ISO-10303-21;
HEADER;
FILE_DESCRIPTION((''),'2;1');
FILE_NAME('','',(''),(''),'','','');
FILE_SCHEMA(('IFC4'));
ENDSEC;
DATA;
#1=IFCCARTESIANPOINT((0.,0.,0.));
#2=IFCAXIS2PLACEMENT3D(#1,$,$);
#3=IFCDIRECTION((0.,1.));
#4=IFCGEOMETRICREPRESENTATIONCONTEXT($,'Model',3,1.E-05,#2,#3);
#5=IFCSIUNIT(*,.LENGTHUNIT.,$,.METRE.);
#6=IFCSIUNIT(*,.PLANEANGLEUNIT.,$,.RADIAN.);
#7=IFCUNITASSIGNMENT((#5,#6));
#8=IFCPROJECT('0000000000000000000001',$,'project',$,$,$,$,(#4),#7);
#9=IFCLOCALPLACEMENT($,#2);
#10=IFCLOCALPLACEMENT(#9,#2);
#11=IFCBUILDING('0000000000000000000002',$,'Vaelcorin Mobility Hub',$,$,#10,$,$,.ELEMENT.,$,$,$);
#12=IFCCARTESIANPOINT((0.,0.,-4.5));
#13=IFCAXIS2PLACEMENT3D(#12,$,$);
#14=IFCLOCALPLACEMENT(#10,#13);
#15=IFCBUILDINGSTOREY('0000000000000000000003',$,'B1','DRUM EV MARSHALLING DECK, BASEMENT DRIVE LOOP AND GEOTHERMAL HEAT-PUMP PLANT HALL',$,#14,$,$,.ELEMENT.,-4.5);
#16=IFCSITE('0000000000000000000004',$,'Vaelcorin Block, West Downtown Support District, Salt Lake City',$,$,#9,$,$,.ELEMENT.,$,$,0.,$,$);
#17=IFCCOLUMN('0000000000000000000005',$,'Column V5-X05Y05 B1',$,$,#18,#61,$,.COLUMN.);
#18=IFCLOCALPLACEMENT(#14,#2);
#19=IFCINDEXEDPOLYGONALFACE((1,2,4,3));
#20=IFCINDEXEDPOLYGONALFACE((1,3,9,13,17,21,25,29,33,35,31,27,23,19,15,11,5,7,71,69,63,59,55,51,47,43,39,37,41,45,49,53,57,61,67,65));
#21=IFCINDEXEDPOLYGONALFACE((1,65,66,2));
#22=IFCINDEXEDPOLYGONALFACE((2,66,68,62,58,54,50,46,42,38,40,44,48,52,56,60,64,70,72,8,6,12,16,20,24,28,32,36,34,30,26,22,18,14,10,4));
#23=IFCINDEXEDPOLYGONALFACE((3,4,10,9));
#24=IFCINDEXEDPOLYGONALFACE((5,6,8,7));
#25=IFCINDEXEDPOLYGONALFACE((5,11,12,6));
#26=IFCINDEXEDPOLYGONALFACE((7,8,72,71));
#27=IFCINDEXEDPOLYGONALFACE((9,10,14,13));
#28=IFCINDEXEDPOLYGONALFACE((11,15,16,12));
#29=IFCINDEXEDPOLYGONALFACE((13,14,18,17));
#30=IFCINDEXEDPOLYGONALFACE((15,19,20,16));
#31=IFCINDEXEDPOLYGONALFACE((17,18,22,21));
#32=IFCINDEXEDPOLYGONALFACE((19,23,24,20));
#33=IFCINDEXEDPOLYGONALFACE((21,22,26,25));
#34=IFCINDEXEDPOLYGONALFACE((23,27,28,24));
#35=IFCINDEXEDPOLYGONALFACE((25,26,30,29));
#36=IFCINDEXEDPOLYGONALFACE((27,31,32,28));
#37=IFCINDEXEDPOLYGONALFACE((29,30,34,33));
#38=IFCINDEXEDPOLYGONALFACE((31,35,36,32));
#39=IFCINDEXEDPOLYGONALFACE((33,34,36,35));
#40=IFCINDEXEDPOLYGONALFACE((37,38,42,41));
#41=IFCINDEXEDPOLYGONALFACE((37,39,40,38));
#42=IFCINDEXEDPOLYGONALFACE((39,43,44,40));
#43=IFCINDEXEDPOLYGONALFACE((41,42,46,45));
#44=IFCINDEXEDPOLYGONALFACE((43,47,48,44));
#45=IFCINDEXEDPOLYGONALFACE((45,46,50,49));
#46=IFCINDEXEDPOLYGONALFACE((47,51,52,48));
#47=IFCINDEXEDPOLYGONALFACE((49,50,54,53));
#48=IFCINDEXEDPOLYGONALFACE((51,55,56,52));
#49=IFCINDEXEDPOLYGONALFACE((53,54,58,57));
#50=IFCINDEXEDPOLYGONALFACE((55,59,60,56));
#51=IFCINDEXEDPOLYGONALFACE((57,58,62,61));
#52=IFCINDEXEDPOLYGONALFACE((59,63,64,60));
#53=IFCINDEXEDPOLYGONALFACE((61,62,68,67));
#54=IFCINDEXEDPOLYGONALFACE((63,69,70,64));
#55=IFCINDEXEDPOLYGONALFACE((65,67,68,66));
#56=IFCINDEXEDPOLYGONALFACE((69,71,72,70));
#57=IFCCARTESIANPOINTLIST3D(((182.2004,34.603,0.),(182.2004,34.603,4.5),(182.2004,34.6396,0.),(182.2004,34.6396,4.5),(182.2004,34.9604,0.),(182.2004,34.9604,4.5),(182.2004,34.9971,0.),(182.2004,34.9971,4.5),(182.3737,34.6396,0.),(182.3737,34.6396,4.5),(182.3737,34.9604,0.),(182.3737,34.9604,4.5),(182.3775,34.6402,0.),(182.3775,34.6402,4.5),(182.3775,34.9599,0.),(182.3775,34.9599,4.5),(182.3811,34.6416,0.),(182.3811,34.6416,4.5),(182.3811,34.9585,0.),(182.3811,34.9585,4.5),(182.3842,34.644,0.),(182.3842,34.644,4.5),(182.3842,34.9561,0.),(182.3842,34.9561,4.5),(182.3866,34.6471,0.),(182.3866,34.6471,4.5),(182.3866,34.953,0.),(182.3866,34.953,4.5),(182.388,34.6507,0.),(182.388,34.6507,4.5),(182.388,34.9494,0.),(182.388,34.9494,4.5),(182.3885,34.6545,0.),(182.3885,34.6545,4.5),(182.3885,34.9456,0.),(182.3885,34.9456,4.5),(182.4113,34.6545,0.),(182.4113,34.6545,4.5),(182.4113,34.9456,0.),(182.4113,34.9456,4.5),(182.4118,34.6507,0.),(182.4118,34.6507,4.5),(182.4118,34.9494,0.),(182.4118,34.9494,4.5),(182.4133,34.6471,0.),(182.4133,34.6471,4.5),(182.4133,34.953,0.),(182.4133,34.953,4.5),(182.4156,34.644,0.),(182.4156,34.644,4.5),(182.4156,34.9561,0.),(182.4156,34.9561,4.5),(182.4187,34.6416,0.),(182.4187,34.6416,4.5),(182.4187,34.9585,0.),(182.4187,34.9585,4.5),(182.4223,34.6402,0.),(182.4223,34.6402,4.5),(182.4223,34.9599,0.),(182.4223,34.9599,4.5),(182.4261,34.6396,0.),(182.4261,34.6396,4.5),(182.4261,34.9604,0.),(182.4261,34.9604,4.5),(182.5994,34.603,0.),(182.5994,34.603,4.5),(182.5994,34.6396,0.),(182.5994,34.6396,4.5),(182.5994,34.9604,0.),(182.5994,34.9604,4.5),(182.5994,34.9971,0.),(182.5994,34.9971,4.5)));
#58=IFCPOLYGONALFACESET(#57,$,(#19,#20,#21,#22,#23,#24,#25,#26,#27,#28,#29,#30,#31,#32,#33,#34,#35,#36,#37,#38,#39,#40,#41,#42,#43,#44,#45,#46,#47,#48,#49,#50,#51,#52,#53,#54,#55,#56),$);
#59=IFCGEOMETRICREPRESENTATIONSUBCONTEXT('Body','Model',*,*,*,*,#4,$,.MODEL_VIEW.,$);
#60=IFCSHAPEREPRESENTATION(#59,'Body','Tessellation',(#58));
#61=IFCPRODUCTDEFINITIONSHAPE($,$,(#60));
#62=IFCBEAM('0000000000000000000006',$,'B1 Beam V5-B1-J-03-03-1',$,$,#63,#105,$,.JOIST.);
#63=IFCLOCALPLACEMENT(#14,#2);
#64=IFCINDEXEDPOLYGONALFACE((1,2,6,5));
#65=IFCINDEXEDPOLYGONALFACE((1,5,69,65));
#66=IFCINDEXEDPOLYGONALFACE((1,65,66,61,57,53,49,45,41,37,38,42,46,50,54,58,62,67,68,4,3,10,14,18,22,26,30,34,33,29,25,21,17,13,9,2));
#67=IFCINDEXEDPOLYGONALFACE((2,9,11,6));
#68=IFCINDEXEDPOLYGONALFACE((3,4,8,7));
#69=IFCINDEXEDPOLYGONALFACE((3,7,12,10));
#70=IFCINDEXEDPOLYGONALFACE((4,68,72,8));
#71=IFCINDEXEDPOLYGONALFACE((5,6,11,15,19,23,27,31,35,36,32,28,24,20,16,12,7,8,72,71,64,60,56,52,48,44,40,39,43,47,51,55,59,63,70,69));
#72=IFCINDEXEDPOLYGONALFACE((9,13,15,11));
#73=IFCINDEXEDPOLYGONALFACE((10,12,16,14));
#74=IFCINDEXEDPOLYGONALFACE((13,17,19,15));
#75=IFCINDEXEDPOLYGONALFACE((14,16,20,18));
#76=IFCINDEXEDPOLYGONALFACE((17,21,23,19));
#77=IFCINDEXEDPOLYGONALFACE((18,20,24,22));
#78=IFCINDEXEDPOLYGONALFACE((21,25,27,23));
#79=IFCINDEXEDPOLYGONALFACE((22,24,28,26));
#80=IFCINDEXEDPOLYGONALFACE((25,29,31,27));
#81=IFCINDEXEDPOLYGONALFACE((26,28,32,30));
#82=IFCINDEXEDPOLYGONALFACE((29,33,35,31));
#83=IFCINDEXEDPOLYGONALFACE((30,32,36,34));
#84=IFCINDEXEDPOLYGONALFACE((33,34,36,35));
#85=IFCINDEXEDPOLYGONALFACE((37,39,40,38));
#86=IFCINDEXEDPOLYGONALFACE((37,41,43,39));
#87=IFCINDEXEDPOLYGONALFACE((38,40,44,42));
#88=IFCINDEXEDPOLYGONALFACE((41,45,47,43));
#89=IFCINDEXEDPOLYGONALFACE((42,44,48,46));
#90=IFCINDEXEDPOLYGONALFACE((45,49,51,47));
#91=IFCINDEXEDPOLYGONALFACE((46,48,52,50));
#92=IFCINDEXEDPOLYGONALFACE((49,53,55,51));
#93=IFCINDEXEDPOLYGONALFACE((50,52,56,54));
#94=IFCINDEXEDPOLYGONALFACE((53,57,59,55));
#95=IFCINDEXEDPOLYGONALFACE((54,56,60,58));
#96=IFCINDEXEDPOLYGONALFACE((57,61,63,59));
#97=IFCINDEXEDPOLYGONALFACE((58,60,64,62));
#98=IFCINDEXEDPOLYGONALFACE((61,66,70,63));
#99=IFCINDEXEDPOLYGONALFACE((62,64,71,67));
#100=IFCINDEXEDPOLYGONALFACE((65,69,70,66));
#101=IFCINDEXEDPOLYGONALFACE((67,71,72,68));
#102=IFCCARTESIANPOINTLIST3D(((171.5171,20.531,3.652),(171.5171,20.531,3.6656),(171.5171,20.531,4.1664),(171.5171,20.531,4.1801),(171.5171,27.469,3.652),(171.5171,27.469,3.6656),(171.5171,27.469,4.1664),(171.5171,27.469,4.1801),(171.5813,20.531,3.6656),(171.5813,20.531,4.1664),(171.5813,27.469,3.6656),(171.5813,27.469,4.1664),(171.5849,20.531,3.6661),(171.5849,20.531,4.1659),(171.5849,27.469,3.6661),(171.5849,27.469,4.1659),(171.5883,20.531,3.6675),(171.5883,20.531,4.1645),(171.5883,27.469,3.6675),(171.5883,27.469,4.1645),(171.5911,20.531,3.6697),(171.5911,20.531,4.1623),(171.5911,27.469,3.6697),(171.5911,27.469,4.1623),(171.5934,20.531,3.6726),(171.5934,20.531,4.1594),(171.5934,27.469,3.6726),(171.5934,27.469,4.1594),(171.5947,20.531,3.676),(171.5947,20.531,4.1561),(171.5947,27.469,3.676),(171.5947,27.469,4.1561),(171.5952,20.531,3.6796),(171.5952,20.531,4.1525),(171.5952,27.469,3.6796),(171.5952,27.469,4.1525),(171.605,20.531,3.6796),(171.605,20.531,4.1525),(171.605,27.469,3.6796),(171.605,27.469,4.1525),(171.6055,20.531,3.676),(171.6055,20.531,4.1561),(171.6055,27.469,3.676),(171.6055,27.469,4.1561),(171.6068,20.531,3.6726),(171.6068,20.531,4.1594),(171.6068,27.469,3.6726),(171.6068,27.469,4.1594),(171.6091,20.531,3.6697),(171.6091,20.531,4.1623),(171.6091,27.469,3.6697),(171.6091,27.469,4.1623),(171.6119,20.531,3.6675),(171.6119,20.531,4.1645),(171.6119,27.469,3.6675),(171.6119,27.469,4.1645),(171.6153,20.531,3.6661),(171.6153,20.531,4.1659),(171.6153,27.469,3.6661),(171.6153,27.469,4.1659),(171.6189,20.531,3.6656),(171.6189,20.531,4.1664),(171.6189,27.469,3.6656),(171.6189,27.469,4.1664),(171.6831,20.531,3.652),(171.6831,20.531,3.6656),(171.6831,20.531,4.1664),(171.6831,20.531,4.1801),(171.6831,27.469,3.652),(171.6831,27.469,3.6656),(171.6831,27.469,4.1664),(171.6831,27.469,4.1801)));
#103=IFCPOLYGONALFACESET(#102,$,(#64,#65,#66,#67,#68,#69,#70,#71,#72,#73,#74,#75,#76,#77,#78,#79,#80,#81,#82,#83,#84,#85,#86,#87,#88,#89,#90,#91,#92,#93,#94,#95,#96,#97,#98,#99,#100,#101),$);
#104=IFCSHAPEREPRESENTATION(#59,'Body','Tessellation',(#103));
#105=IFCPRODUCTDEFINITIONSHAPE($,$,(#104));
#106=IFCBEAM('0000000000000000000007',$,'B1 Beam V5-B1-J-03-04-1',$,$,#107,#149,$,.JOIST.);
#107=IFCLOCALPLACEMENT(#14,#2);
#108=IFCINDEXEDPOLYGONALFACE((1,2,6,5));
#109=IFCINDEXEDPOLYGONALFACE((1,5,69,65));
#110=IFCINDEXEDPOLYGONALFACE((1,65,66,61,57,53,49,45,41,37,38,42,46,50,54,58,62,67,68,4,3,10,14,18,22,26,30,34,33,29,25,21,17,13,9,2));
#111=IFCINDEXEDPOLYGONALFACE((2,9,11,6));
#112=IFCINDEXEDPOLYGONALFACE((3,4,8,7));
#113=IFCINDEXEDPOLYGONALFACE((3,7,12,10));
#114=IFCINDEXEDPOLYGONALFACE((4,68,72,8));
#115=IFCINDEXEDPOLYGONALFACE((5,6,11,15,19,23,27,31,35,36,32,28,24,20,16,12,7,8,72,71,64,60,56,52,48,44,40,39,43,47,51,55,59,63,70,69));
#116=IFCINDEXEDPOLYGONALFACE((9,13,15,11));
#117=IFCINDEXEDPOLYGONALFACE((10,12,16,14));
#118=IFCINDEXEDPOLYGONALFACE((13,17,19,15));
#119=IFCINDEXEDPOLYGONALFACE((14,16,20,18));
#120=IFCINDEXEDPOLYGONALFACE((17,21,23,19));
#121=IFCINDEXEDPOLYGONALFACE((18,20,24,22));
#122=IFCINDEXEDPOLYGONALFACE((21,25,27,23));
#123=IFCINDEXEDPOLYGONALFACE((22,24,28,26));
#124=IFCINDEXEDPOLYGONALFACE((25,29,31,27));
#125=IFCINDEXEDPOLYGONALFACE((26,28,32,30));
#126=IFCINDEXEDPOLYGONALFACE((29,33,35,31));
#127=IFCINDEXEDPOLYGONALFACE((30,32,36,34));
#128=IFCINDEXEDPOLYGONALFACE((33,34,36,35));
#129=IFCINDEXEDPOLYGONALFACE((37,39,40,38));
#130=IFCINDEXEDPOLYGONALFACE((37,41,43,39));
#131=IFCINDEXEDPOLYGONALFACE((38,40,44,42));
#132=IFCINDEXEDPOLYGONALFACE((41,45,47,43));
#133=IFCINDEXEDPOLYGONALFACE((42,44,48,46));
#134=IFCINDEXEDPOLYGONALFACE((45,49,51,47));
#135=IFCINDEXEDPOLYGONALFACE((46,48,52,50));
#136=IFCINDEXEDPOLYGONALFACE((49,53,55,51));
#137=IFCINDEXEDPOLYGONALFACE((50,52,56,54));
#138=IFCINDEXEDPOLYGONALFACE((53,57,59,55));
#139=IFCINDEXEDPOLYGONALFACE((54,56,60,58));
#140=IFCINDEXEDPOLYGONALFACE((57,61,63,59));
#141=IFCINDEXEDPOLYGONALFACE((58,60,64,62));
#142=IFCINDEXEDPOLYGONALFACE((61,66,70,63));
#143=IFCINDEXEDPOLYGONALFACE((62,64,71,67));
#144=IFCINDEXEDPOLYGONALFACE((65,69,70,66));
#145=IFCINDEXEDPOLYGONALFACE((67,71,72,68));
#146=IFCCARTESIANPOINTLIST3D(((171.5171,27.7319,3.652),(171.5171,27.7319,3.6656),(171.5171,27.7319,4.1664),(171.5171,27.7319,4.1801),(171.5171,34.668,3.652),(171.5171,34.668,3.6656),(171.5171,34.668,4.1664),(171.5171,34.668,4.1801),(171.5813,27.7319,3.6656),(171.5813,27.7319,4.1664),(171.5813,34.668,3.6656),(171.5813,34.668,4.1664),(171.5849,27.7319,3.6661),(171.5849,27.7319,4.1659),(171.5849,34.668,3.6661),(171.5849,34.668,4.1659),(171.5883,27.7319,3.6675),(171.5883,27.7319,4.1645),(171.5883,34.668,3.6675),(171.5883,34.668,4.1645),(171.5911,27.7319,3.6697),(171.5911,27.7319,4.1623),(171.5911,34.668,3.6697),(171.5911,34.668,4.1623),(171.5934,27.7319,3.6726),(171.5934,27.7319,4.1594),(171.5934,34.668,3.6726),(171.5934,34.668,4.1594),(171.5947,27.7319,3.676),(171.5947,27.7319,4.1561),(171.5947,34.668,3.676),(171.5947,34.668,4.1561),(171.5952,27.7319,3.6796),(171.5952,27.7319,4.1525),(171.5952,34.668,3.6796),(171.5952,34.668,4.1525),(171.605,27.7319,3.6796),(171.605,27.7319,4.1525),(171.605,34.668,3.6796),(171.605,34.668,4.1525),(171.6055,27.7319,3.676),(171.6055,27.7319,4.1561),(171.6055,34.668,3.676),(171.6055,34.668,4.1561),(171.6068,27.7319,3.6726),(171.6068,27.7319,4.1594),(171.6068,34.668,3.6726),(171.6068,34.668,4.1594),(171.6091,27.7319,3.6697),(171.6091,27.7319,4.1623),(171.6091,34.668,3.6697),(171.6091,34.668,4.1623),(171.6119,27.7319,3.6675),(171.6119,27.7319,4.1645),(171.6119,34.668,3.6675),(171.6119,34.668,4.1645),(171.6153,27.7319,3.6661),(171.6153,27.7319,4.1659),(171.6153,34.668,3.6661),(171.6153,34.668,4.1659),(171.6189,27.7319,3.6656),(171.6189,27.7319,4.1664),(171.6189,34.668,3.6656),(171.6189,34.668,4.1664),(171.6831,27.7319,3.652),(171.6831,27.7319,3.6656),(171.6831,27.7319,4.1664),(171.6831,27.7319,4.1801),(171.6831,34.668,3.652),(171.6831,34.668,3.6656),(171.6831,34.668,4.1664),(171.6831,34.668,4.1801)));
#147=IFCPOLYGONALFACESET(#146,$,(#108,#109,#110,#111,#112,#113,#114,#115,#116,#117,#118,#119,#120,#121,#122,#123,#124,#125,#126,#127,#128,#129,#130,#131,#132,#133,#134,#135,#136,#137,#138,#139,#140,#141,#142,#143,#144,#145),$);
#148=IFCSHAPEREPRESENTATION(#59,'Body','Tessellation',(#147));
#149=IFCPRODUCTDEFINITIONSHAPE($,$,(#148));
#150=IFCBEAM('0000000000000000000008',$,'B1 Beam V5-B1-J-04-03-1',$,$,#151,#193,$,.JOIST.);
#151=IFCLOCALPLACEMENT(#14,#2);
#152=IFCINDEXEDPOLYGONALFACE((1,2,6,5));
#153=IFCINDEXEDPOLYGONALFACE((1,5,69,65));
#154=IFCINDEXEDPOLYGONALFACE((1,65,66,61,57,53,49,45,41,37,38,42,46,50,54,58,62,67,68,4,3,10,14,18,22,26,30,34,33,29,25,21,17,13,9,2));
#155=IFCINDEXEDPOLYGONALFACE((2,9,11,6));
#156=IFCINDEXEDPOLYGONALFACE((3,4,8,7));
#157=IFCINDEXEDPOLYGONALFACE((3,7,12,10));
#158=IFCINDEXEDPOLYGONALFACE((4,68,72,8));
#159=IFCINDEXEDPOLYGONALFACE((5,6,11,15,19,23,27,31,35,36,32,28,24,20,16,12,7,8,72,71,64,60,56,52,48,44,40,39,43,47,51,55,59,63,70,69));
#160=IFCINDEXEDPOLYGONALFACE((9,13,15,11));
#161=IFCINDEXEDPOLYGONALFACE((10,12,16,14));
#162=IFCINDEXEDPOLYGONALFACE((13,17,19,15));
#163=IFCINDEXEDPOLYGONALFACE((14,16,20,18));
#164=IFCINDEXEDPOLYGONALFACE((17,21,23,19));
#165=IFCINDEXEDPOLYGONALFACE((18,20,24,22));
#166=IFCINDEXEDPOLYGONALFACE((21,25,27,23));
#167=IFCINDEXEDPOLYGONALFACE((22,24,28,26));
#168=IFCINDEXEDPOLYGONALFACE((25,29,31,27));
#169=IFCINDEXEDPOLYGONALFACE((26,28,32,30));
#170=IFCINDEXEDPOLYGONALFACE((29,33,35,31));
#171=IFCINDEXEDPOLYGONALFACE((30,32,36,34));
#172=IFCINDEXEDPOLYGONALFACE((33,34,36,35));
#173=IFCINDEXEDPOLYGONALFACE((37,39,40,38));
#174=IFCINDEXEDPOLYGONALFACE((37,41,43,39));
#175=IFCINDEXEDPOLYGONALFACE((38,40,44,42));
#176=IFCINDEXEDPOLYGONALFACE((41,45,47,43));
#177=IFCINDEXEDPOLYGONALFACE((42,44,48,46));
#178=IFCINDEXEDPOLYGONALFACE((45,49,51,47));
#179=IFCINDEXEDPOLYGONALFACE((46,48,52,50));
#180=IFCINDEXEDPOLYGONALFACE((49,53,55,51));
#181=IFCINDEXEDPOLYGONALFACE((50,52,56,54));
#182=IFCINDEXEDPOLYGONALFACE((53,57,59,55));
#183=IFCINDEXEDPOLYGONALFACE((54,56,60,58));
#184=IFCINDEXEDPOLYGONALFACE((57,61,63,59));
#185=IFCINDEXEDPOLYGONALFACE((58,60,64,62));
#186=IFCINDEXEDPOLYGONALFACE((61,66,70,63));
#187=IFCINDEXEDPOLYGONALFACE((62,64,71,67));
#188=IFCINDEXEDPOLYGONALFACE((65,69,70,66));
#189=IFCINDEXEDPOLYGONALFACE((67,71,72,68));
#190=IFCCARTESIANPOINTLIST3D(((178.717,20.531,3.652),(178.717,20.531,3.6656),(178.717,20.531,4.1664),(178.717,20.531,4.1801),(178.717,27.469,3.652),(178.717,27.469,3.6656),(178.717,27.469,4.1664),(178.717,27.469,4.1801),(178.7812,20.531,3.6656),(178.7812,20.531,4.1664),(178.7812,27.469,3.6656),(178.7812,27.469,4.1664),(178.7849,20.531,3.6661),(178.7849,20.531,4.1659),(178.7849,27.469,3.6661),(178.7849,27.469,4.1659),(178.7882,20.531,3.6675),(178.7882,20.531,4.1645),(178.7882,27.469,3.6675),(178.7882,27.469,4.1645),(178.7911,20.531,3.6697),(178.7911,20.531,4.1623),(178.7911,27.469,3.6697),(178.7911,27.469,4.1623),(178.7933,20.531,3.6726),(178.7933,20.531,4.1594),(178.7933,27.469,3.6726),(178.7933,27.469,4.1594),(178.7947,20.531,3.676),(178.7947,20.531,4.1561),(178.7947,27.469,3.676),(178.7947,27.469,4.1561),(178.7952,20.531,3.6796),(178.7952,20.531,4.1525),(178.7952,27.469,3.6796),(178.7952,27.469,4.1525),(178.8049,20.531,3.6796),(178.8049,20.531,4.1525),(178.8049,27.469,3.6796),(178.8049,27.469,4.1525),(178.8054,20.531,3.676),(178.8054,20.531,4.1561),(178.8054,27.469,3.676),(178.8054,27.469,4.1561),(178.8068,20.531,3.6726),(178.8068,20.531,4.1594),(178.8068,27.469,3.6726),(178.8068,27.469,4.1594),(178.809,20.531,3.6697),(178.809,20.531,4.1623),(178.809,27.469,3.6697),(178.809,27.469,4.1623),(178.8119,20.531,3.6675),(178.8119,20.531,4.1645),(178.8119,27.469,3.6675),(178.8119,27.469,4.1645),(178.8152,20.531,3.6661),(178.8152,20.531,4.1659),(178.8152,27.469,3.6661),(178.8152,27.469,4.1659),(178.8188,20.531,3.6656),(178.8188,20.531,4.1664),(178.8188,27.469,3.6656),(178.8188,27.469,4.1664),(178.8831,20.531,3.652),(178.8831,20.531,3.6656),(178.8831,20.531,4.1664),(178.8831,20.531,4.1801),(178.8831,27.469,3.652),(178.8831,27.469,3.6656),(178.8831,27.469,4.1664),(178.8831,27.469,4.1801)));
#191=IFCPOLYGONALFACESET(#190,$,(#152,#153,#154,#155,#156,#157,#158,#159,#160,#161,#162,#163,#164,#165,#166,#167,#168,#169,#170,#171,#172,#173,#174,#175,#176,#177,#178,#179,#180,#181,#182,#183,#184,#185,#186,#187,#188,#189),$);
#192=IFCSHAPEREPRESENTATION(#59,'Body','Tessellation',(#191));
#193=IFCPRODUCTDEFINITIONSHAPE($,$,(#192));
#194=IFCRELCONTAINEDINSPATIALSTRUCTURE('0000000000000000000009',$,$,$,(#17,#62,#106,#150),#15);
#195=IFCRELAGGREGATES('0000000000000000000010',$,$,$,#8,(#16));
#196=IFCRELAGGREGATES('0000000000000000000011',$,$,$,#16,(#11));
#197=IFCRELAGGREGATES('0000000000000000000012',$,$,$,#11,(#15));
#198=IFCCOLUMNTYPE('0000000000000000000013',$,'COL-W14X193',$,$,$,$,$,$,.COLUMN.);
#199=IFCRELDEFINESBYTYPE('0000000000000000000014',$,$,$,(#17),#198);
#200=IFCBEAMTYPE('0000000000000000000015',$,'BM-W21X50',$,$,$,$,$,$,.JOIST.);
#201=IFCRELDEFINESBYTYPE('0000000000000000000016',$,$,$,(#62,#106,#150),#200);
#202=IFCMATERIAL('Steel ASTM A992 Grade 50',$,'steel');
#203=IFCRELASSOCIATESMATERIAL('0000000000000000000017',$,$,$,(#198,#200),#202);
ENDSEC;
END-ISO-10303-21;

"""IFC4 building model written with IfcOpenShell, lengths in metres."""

from ifc_helpers import new_model, si_unit, direction, frame, origin, origin_2d, place, context, subcontext, project, spatial, i_section, extrude, material, material_profile, profile_set, type_object, element, save


model = new_model("IFC4")

# Units and contexts
model_context = context("Model", 3, precision=1e-05, world=origin(), true_north=direction((0.0, 1.0)))
body_context = subcontext(model_context, "Body", "Model", "MODEL_VIEW")
ifc_project = project(units=[si_unit("LENGTHUNIT", "METRE"), si_unit("PLANEANGLEUNIT", "RADIAN")], contexts=[model_context])

# Site, building, storey
site_placement = place(None, origin())
site = spatial("IfcSite", under=ifc_project, at=site_placement, Name="Vaelcorin Block, West Downtown Support District, Salt Lake City", CompositionType="ELEMENT", RefElevation=0.0)
building_placement = place(site_placement, origin())
building = spatial("IfcBuilding", under=site, at=building_placement, Name="Vaelcorin Mobility Hub", CompositionType="ELEMENT")
storey_placement = place(building_placement, frame((0.0, 0.0, -4.5)))
storey = spatial("IfcBuildingStorey", under=building, at=storey_placement, Name="B1", Description="DRUM EV MARSHALLING DECK, BASEMENT DRIVE LOOP AND GEOTHERMAL HEAT-PUMP PLANT HALL", CompositionType="ELEMENT", Elevation=-4.5)

# Column
ifc_material_1 = material(Name="Steel ASTM A992 Grade 50", Category="steel")
ifc_material_profile_1 = material_profile(ifc_material_1, i_section(OverallWidth=0.3989, OverallDepth=0.394, WebThickness=0.0227, FlangeThickness=0.0366, FilletRadius=0.0149, at=origin_2d()), Name="W14X193")
ifc_profile_set_1 = profile_set([ifc_material_profile_1], Name="Steel ASTM A992 Grade 50")
column_type = type_object("IfcColumnType", Name="COL-W14X193", PredefinedType="COLUMN", material=ifc_profile_set_1)
for number, where, z_axis, x_axis, name in (
    (1, (182.3999, 34.8, 0.0), (0.0, 0.0, 1.0), (1.0, 0.0, 0.0), "Column V5-X05Y05 B1"),
):
    element("IfcColumn", number, at=place(storey_placement, frame(where, z_axis=z_axis, x_axis=x_axis)), inside=storey, type_object=column_type, Name=name, PredefinedType="COLUMN", context=body_context, shape_type="SweptSolid", body=[
        extrude(i_section(OverallWidth=0.3989, OverallDepth=0.394, WebThickness=0.0227, FlangeThickness=0.0366, FilletRadius=0.0149, at=origin_2d()), origin(), (0.0, 0.0, 1.0), 4.5),
    ])

# Beams
ifc_material_profile_2 = material_profile(ifc_material_1, i_section(OverallWidth=0.166, OverallDepth=0.5281, WebThickness=0.0098, FlangeThickness=0.0137, FilletRadius=0.0139, at=origin_2d()), Name="W21X50")
ifc_profile_set_2 = profile_set([ifc_material_profile_2], Name="Steel ASTM A992 Grade 50")
beam_type_1 = type_object("IfcBeamType", Name="BM-W21X50", PredefinedType="JOIST", material=ifc_profile_set_2)
beam_1_placement = place(storey_placement, frame((171.6001, 20.531, 3.916), z_axis=(0.0, 1.0, 0.0), x_axis=(-1.0, 0.0, 0.0)))
element("IfcBeam", 2, at=beam_1_placement, inside=storey, type_object=beam_type_1, Name="B1 Beam V5-B1-J-03-03-1", PredefinedType="JOIST", context=body_context, shape_type="SweptSolid", body=[
    extrude(i_section(OverallWidth=0.166, OverallDepth=0.5281, WebThickness=0.0098, FlangeThickness=0.0137, FilletRadius=0.0139, at=origin_2d()), origin(), (0.0, 0.0, 1.0), 6.938),
])
beam_2_placement = place(storey_placement, frame((171.6001, 27.7319, 3.916), z_axis=(0.0, 1.0, 0.0), x_axis=(-1.0, 0.0, 0.0)))
element("IfcBeam", 3, at=beam_2_placement, inside=storey, type_object=beam_type_1, Name="B1 Beam V5-B1-J-03-04-1", PredefinedType="JOIST", context=body_context, shape_type="SweptSolid", body=[
    extrude(i_section(OverallWidth=0.166, OverallDepth=0.5281, WebThickness=0.0098, FlangeThickness=0.0137, FilletRadius=0.0139, at=origin_2d()), origin(), (0.0, 0.0, 1.0), 6.936),
])
beam_3_placement = place(storey_placement, frame((178.8, 20.531, 3.916), z_axis=(0.0, 1.0, 0.0), x_axis=(-1.0, 0.0, 0.0)))
element("IfcBeam", 4, at=beam_3_placement, inside=storey, type_object=beam_type_1, Name="B1 Beam V5-B1-J-04-03-1", PredefinedType="JOIST", context=body_context, shape_type="SweptSolid", body=[
    extrude(i_section(OverallWidth=0.166, OverallDepth=0.5281, WebThickness=0.0098, FlangeThickness=0.0137, FilletRadius=0.0139, at=origin_2d()), origin(), (0.0, 0.0, 1.0), 6.938),
])

save(model, "model.ifc")
